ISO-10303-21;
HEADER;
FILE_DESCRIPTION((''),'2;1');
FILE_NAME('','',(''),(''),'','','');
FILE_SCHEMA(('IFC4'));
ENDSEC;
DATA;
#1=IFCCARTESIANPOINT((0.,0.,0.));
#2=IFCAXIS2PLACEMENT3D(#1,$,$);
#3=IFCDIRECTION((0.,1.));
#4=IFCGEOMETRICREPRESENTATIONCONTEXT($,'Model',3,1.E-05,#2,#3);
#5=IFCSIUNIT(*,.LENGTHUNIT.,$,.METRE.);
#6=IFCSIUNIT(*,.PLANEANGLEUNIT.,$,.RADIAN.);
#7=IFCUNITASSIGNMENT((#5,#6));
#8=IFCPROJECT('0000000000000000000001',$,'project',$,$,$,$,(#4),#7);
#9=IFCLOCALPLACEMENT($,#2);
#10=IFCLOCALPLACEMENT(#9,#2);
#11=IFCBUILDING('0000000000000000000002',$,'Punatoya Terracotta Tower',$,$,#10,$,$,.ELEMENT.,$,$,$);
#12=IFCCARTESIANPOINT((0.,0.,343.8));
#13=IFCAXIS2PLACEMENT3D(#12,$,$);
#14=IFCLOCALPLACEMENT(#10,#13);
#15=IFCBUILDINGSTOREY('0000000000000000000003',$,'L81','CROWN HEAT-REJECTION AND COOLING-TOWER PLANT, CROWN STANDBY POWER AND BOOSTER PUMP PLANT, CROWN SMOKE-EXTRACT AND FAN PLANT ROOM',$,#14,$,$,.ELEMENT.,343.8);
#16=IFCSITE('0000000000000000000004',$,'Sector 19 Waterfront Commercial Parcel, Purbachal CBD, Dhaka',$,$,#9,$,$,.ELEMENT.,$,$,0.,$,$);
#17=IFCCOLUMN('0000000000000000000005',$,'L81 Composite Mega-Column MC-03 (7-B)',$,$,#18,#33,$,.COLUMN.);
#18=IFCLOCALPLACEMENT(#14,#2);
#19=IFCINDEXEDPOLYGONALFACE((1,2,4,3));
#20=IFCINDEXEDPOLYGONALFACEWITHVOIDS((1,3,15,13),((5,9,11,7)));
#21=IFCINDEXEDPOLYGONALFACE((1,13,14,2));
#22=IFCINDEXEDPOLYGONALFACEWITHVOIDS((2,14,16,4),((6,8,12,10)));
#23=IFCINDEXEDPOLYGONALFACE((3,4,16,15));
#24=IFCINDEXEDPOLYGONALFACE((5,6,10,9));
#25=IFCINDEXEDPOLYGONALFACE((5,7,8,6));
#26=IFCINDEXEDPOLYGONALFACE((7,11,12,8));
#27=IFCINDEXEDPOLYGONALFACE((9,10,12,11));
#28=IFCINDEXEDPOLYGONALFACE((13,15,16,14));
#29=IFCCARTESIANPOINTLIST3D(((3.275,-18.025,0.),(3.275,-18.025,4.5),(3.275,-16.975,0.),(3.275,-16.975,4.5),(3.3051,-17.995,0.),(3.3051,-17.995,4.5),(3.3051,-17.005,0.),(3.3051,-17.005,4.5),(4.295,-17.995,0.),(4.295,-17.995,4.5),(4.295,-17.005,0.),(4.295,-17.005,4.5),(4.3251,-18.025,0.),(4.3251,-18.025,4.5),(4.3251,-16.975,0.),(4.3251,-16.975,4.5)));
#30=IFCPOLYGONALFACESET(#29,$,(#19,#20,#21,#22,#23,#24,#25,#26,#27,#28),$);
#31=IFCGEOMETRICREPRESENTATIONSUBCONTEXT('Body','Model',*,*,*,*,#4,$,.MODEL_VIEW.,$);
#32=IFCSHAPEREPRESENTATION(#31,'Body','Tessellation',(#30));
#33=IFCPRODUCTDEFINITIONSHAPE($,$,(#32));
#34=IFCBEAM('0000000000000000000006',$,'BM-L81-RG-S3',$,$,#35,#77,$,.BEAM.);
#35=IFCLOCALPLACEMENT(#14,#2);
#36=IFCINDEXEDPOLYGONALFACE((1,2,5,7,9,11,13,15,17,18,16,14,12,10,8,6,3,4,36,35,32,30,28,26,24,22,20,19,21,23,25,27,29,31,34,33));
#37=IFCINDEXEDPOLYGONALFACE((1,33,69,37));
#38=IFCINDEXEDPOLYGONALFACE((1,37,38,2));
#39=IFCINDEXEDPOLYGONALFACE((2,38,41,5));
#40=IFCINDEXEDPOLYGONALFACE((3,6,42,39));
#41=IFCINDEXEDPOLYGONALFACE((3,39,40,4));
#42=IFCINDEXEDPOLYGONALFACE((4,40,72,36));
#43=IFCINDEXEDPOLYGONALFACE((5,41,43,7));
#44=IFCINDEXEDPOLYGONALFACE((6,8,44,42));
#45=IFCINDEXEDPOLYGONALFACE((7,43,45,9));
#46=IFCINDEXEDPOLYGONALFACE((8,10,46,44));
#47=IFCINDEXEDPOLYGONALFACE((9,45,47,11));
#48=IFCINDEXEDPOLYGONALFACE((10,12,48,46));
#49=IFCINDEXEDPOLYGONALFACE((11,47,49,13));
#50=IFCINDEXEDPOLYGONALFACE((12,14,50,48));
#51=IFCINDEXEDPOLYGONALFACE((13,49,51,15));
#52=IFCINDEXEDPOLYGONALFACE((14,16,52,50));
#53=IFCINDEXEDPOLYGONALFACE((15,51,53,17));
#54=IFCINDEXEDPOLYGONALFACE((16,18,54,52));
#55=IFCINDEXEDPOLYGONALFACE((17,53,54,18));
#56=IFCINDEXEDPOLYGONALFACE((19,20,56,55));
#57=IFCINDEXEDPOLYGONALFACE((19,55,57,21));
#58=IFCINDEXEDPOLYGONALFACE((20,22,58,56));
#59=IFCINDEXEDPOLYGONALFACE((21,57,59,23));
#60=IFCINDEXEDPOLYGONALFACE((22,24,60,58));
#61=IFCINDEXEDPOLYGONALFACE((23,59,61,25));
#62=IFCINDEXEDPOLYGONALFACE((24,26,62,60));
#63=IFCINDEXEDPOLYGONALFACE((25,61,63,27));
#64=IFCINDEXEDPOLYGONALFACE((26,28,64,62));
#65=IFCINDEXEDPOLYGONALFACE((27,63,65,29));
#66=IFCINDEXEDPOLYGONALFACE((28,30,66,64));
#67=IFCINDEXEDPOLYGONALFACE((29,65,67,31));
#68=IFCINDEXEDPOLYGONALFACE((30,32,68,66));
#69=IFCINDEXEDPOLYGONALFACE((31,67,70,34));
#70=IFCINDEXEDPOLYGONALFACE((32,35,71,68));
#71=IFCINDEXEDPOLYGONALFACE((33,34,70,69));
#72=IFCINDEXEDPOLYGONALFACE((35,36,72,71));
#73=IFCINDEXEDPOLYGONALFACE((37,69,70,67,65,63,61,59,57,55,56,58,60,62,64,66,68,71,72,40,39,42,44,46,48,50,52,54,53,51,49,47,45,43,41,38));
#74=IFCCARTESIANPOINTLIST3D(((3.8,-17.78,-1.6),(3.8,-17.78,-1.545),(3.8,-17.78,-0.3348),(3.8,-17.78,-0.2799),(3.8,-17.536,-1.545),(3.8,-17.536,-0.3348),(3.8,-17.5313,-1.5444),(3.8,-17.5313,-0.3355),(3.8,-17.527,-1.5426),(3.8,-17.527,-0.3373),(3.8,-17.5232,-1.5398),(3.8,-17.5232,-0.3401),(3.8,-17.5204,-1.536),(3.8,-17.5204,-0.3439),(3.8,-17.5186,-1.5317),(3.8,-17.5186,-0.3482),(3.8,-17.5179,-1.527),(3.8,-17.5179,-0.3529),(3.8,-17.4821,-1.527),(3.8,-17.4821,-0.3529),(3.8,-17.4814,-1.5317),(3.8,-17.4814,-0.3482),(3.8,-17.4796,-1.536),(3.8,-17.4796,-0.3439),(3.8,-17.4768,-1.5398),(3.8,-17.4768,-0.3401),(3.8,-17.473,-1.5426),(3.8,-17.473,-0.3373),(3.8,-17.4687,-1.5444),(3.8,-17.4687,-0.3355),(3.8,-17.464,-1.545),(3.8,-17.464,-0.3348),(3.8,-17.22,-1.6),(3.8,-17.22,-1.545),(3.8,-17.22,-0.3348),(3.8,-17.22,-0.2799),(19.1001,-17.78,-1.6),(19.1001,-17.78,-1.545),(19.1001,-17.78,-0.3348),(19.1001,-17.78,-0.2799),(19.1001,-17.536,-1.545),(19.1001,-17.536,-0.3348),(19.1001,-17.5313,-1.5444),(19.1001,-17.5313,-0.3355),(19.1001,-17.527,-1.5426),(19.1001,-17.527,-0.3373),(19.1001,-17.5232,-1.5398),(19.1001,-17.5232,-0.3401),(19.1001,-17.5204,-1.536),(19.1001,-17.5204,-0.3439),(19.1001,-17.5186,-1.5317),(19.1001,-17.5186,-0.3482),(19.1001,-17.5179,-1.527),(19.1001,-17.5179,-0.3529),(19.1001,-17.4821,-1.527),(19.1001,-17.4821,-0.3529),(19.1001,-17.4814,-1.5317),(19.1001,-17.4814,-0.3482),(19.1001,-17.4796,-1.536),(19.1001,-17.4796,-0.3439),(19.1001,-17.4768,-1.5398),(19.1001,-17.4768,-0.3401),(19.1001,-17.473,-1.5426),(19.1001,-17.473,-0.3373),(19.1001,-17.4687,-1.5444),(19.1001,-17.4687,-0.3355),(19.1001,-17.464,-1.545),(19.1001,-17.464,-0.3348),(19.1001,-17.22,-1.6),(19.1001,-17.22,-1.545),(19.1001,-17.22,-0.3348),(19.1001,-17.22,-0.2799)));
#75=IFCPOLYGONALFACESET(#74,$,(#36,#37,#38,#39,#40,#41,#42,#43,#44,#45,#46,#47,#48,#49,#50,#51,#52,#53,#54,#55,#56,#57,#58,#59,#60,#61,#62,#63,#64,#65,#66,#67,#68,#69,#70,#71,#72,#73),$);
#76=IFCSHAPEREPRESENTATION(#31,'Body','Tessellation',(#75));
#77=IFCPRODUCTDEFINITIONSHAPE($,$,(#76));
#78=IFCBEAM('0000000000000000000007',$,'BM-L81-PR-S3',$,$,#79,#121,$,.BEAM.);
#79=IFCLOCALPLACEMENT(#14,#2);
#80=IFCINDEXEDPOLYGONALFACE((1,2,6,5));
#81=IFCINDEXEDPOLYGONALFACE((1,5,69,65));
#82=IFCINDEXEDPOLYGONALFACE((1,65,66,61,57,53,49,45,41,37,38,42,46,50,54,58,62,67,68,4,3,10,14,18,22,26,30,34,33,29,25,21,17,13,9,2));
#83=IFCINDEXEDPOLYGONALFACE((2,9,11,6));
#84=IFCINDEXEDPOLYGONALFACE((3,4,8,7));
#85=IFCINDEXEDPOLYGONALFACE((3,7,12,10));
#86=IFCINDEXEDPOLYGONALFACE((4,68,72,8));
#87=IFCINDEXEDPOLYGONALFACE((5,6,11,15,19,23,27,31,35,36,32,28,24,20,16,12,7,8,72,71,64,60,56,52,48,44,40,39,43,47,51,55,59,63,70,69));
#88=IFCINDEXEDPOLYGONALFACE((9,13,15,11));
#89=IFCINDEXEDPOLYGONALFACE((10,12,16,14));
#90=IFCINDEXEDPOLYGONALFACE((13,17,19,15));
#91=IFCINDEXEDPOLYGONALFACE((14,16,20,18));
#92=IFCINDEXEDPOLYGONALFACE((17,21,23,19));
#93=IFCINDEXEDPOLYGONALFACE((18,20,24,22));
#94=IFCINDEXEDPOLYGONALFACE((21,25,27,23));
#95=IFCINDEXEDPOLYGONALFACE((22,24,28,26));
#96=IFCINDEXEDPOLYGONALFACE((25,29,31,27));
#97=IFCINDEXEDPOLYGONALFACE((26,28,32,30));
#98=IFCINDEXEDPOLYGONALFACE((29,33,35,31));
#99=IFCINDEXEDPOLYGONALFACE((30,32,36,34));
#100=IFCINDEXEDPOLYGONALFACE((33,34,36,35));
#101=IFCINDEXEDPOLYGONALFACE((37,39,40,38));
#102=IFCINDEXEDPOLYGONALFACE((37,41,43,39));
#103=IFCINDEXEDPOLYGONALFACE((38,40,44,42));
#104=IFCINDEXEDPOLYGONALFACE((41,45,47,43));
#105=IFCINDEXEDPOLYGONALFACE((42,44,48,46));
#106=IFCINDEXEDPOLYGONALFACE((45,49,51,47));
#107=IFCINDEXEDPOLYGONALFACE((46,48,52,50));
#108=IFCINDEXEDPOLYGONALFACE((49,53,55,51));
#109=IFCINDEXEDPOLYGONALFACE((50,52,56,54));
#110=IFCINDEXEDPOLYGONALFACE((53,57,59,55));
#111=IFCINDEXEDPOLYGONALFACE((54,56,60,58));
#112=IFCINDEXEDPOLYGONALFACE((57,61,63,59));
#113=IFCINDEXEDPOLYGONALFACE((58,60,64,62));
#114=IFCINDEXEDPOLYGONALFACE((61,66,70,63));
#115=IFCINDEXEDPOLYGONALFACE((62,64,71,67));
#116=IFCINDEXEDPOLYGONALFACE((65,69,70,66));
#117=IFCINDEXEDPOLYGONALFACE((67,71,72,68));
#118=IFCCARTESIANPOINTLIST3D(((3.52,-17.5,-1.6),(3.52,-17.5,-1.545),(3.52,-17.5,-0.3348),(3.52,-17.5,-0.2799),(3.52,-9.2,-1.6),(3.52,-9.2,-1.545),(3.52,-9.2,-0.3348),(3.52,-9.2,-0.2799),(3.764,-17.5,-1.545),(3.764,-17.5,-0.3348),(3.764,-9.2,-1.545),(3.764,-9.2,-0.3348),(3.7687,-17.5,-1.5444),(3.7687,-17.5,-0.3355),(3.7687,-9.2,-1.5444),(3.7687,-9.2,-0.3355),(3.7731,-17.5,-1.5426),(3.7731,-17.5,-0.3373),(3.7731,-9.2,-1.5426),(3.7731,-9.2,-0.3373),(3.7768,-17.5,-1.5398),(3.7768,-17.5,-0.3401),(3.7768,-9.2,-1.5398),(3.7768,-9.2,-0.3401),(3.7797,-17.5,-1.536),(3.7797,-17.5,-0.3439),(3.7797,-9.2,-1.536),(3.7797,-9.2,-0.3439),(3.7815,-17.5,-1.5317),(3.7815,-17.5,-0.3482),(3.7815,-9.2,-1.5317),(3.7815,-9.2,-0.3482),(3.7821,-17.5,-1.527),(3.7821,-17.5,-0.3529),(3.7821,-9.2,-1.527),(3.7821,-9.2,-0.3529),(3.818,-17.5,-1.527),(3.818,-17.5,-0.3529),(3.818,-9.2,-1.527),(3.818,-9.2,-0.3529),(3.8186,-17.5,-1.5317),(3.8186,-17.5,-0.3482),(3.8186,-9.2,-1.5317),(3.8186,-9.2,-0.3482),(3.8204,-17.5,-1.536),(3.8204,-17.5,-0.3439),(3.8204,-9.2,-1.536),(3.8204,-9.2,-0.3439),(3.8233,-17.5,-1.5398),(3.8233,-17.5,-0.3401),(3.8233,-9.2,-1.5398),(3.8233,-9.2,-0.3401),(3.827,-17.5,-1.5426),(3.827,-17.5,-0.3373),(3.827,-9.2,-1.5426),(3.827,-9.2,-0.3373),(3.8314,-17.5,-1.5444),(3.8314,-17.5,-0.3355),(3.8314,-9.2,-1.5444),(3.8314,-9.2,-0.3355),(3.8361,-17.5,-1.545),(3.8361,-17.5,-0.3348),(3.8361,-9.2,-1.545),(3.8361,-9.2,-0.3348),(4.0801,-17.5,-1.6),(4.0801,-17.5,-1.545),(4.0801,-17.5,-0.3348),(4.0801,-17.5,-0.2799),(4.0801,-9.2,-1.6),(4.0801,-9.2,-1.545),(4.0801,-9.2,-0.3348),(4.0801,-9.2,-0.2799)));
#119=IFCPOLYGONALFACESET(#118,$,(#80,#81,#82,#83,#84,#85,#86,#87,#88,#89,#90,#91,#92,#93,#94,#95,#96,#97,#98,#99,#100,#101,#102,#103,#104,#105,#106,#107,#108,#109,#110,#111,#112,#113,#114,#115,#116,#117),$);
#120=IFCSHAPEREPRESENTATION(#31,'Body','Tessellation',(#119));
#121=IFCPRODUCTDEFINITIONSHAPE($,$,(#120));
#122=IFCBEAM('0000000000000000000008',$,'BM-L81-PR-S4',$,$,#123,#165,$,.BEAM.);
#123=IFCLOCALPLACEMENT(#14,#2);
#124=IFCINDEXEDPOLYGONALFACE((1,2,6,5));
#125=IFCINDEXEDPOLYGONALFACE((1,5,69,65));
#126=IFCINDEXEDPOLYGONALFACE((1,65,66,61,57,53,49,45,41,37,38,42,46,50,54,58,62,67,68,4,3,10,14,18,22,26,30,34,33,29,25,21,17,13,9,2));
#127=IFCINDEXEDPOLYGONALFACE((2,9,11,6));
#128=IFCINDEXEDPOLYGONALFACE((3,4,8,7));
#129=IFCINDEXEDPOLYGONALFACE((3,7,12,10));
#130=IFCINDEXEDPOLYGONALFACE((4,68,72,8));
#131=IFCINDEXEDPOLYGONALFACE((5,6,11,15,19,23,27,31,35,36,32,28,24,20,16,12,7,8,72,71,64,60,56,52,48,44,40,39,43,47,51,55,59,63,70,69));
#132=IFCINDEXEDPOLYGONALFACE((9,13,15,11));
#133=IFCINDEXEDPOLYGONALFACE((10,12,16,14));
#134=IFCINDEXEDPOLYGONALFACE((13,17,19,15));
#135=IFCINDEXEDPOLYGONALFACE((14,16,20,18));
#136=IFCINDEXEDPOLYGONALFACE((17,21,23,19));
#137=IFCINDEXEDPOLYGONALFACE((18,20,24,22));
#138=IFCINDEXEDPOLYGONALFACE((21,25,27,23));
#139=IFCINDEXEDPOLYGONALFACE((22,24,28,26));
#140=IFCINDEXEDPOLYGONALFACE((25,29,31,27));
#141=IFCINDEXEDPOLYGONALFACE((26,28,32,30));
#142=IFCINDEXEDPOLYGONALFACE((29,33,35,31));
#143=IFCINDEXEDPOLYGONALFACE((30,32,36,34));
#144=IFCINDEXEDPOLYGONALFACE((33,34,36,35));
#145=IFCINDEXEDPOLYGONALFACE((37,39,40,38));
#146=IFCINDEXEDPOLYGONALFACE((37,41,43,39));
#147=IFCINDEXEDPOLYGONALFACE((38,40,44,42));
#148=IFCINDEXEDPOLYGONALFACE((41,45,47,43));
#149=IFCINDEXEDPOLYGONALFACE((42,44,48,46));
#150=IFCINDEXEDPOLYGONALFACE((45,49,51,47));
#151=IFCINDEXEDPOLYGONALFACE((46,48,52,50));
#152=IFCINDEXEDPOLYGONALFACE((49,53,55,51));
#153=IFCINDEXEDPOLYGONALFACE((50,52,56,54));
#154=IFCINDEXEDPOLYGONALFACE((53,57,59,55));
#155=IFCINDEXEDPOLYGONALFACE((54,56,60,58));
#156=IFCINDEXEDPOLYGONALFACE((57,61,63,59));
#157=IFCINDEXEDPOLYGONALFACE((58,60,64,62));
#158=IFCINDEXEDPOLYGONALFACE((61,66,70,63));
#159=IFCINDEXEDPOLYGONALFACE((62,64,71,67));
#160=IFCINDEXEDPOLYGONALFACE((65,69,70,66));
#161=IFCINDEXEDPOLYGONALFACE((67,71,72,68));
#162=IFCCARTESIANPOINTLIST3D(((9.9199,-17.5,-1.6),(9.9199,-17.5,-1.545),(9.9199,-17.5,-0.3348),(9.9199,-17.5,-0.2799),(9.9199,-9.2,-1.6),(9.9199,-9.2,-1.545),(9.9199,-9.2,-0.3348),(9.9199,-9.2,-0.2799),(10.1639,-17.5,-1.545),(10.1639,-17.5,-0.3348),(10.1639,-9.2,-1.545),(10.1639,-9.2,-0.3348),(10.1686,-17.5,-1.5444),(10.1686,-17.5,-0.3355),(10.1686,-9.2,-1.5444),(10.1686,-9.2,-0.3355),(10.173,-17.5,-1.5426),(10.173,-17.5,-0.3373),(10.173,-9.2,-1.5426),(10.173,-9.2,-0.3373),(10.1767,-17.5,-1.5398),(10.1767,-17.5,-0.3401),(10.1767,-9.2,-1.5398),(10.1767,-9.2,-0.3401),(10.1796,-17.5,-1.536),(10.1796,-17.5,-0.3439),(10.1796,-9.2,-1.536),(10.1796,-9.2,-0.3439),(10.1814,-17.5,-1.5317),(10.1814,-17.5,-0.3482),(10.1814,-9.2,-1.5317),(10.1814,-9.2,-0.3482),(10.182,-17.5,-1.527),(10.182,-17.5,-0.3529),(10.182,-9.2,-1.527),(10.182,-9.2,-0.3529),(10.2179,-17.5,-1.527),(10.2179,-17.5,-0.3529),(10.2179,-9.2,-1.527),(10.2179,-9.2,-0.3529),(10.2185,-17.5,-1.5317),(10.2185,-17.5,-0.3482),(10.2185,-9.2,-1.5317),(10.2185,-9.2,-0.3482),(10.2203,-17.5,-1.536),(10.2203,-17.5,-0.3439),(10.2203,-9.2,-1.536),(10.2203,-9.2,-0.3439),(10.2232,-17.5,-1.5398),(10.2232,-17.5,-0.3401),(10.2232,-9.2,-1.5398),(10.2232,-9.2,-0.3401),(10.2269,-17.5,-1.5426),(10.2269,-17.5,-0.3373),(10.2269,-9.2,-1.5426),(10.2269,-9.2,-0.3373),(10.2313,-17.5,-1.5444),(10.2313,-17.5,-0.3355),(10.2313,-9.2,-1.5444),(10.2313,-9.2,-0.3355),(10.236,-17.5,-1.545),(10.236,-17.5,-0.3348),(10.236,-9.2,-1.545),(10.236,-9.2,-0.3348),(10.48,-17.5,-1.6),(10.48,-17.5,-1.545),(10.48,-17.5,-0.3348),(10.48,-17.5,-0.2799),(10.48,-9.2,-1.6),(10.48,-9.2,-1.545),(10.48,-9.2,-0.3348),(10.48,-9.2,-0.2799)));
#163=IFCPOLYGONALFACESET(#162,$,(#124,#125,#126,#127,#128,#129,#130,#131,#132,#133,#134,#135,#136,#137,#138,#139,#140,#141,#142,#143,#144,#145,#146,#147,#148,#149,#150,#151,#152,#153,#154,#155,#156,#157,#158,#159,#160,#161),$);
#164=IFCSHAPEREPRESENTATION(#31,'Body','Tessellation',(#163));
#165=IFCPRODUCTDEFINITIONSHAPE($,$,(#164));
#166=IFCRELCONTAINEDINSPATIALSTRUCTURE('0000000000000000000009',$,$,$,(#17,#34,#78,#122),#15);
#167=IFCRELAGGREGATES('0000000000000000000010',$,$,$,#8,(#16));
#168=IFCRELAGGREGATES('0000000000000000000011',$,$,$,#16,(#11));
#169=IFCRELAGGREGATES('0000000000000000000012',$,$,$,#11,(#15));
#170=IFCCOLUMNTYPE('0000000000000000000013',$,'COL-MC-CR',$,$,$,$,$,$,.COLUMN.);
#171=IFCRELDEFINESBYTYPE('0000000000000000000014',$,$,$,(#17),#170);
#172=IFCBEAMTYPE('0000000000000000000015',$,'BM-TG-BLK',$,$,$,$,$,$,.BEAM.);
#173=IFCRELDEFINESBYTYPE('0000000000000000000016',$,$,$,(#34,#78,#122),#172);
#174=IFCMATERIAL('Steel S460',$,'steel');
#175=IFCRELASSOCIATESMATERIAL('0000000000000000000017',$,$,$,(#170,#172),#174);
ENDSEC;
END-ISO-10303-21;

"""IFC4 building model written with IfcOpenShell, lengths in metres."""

from ifc_helpers import new_model, si_unit, direction, frame, origin, origin_2d, place, context, subcontext, project, spatial, hollow_rectangle, i_section, extrude, material, material_profile, profile_set, type_object, element, save


model = new_model("IFC4")

# Units and contexts
model_context = context("Model", 3, precision=1e-05, world=origin(), true_north=direction((0.0, 1.0)))
body_context = subcontext(model_context, "Body", "Model", "MODEL_VIEW")
ifc_project = project(units=[si_unit("LENGTHUNIT", "METRE"), si_unit("PLANEANGLEUNIT", "RADIAN")], contexts=[model_context])

# Site, building, storey
site_placement = place(None, origin())
site = spatial("IfcSite", under=ifc_project, at=site_placement, Name="Sector 19 Waterfront Commercial Parcel, Purbachal CBD, Dhaka", CompositionType="ELEMENT", RefElevation=0.0)
building_placement = place(site_placement, origin())
building = spatial("IfcBuilding", under=site, at=building_placement, Name="Punatoya Terracotta Tower", CompositionType="ELEMENT")
storey_placement = place(building_placement, frame((0.0, 0.0, 343.8)))
storey = spatial("IfcBuildingStorey", under=building, at=storey_placement, Name="L81", Description="CROWN HEAT-REJECTION AND COOLING-TOWER PLANT, CROWN STANDBY POWER AND BOOSTER PUMP PLANT, CROWN SMOKE-EXTRACT AND FAN PLANT ROOM", CompositionType="ELEMENT", Elevation=343.8)

# Column
ifc_material_1 = material(Name="Steel S460", Category="steel")
ifc_material_profile_1 = material_profile(ifc_material_1, hollow_rectangle(XDim=1.05, YDim=1.05, WallThickness=0.03, at=origin_2d()))
ifc_profile_set_1 = profile_set([ifc_material_profile_1], Name="Steel S460")
column_type = type_object("IfcColumnType", Name="COL-MC-CR", PredefinedType="COLUMN", material=ifc_profile_set_1)
column_placement = place(storey_placement, frame((3.8, -17.5, 0.0), z_axis=(0.0, 0.0, 1.0), x_axis=(1.0, 0.0, 0.0)))
element("IfcColumn", 1, at=column_placement, inside=storey, type_object=column_type, Name="L81 Composite Mega-Column MC-03 (7-B)", PredefinedType="COLUMN", context=body_context, shape_type="SweptSolid", body=[
    extrude(hollow_rectangle(XDim=1.05, YDim=1.05, WallThickness=0.03, at=origin_2d()), origin(), (0.0, 0.0, 1.0), 4.5),
])

# Beams
ifc_material_profile_2 = material_profile(ifc_material_1, i_section(OverallWidth=0.5601, OverallDepth=1.3201, WebThickness=0.0359, FlangeThickness=0.0549, FilletRadius=0.0181, at=origin_2d()))
ifc_profile_set_2 = profile_set([ifc_material_profile_2], Name="Steel S460")
beam_type_1 = type_object("IfcBeamType", Name="BM-TG-BLK", PredefinedType="BEAM", material=ifc_profile_set_2)
beam_1_placement = place(storey_placement, frame((3.8, -17.5, -0.9399), z_axis=(1.0, 0.0, 0.0), x_axis=(0.0, 1.0, 0.0)))
element("IfcBeam", 2, at=beam_1_placement, inside=storey, type_object=beam_type_1, Name="BM-L81-RG-S3", PredefinedType="BEAM", context=body_context, shape_type="SweptSolid", body=[
    extrude(i_section(OverallWidth=0.5601, OverallDepth=1.3201, WebThickness=0.0359, FlangeThickness=0.0549, FilletRadius=0.0181, at=origin_2d()), origin(), (0.0, 0.0, 1.0), 15.3),
])
for number, where, z_axis, x_axis, name in (
    (3, (3.8, -17.5, -0.9399), (0.0, 1.0, 0.0), (-1.0, 0.0, 0.0), "BM-L81-PR-S3"),
    (4, (10.2, -17.5, -0.9399), (0.0, 1.0, 0.0), (-1.0, 0.0, 0.0), "BM-L81-PR-S4"),
):
    element("IfcBeam", number, at=place(storey_placement, frame(where, z_axis=z_axis, x_axis=x_axis)), inside=storey, type_object=beam_type_1, Name=name, PredefinedType="BEAM", context=body_context, shape_type="SweptSolid", body=[
        extrude(i_section(OverallWidth=0.5601, OverallDepth=1.3201, WebThickness=0.0359, FlangeThickness=0.0549, FilletRadius=0.0181, at=origin_2d()), origin(), (0.0, 0.0, 1.0), 8.3),
    ])

save(model, "model.ifc")
